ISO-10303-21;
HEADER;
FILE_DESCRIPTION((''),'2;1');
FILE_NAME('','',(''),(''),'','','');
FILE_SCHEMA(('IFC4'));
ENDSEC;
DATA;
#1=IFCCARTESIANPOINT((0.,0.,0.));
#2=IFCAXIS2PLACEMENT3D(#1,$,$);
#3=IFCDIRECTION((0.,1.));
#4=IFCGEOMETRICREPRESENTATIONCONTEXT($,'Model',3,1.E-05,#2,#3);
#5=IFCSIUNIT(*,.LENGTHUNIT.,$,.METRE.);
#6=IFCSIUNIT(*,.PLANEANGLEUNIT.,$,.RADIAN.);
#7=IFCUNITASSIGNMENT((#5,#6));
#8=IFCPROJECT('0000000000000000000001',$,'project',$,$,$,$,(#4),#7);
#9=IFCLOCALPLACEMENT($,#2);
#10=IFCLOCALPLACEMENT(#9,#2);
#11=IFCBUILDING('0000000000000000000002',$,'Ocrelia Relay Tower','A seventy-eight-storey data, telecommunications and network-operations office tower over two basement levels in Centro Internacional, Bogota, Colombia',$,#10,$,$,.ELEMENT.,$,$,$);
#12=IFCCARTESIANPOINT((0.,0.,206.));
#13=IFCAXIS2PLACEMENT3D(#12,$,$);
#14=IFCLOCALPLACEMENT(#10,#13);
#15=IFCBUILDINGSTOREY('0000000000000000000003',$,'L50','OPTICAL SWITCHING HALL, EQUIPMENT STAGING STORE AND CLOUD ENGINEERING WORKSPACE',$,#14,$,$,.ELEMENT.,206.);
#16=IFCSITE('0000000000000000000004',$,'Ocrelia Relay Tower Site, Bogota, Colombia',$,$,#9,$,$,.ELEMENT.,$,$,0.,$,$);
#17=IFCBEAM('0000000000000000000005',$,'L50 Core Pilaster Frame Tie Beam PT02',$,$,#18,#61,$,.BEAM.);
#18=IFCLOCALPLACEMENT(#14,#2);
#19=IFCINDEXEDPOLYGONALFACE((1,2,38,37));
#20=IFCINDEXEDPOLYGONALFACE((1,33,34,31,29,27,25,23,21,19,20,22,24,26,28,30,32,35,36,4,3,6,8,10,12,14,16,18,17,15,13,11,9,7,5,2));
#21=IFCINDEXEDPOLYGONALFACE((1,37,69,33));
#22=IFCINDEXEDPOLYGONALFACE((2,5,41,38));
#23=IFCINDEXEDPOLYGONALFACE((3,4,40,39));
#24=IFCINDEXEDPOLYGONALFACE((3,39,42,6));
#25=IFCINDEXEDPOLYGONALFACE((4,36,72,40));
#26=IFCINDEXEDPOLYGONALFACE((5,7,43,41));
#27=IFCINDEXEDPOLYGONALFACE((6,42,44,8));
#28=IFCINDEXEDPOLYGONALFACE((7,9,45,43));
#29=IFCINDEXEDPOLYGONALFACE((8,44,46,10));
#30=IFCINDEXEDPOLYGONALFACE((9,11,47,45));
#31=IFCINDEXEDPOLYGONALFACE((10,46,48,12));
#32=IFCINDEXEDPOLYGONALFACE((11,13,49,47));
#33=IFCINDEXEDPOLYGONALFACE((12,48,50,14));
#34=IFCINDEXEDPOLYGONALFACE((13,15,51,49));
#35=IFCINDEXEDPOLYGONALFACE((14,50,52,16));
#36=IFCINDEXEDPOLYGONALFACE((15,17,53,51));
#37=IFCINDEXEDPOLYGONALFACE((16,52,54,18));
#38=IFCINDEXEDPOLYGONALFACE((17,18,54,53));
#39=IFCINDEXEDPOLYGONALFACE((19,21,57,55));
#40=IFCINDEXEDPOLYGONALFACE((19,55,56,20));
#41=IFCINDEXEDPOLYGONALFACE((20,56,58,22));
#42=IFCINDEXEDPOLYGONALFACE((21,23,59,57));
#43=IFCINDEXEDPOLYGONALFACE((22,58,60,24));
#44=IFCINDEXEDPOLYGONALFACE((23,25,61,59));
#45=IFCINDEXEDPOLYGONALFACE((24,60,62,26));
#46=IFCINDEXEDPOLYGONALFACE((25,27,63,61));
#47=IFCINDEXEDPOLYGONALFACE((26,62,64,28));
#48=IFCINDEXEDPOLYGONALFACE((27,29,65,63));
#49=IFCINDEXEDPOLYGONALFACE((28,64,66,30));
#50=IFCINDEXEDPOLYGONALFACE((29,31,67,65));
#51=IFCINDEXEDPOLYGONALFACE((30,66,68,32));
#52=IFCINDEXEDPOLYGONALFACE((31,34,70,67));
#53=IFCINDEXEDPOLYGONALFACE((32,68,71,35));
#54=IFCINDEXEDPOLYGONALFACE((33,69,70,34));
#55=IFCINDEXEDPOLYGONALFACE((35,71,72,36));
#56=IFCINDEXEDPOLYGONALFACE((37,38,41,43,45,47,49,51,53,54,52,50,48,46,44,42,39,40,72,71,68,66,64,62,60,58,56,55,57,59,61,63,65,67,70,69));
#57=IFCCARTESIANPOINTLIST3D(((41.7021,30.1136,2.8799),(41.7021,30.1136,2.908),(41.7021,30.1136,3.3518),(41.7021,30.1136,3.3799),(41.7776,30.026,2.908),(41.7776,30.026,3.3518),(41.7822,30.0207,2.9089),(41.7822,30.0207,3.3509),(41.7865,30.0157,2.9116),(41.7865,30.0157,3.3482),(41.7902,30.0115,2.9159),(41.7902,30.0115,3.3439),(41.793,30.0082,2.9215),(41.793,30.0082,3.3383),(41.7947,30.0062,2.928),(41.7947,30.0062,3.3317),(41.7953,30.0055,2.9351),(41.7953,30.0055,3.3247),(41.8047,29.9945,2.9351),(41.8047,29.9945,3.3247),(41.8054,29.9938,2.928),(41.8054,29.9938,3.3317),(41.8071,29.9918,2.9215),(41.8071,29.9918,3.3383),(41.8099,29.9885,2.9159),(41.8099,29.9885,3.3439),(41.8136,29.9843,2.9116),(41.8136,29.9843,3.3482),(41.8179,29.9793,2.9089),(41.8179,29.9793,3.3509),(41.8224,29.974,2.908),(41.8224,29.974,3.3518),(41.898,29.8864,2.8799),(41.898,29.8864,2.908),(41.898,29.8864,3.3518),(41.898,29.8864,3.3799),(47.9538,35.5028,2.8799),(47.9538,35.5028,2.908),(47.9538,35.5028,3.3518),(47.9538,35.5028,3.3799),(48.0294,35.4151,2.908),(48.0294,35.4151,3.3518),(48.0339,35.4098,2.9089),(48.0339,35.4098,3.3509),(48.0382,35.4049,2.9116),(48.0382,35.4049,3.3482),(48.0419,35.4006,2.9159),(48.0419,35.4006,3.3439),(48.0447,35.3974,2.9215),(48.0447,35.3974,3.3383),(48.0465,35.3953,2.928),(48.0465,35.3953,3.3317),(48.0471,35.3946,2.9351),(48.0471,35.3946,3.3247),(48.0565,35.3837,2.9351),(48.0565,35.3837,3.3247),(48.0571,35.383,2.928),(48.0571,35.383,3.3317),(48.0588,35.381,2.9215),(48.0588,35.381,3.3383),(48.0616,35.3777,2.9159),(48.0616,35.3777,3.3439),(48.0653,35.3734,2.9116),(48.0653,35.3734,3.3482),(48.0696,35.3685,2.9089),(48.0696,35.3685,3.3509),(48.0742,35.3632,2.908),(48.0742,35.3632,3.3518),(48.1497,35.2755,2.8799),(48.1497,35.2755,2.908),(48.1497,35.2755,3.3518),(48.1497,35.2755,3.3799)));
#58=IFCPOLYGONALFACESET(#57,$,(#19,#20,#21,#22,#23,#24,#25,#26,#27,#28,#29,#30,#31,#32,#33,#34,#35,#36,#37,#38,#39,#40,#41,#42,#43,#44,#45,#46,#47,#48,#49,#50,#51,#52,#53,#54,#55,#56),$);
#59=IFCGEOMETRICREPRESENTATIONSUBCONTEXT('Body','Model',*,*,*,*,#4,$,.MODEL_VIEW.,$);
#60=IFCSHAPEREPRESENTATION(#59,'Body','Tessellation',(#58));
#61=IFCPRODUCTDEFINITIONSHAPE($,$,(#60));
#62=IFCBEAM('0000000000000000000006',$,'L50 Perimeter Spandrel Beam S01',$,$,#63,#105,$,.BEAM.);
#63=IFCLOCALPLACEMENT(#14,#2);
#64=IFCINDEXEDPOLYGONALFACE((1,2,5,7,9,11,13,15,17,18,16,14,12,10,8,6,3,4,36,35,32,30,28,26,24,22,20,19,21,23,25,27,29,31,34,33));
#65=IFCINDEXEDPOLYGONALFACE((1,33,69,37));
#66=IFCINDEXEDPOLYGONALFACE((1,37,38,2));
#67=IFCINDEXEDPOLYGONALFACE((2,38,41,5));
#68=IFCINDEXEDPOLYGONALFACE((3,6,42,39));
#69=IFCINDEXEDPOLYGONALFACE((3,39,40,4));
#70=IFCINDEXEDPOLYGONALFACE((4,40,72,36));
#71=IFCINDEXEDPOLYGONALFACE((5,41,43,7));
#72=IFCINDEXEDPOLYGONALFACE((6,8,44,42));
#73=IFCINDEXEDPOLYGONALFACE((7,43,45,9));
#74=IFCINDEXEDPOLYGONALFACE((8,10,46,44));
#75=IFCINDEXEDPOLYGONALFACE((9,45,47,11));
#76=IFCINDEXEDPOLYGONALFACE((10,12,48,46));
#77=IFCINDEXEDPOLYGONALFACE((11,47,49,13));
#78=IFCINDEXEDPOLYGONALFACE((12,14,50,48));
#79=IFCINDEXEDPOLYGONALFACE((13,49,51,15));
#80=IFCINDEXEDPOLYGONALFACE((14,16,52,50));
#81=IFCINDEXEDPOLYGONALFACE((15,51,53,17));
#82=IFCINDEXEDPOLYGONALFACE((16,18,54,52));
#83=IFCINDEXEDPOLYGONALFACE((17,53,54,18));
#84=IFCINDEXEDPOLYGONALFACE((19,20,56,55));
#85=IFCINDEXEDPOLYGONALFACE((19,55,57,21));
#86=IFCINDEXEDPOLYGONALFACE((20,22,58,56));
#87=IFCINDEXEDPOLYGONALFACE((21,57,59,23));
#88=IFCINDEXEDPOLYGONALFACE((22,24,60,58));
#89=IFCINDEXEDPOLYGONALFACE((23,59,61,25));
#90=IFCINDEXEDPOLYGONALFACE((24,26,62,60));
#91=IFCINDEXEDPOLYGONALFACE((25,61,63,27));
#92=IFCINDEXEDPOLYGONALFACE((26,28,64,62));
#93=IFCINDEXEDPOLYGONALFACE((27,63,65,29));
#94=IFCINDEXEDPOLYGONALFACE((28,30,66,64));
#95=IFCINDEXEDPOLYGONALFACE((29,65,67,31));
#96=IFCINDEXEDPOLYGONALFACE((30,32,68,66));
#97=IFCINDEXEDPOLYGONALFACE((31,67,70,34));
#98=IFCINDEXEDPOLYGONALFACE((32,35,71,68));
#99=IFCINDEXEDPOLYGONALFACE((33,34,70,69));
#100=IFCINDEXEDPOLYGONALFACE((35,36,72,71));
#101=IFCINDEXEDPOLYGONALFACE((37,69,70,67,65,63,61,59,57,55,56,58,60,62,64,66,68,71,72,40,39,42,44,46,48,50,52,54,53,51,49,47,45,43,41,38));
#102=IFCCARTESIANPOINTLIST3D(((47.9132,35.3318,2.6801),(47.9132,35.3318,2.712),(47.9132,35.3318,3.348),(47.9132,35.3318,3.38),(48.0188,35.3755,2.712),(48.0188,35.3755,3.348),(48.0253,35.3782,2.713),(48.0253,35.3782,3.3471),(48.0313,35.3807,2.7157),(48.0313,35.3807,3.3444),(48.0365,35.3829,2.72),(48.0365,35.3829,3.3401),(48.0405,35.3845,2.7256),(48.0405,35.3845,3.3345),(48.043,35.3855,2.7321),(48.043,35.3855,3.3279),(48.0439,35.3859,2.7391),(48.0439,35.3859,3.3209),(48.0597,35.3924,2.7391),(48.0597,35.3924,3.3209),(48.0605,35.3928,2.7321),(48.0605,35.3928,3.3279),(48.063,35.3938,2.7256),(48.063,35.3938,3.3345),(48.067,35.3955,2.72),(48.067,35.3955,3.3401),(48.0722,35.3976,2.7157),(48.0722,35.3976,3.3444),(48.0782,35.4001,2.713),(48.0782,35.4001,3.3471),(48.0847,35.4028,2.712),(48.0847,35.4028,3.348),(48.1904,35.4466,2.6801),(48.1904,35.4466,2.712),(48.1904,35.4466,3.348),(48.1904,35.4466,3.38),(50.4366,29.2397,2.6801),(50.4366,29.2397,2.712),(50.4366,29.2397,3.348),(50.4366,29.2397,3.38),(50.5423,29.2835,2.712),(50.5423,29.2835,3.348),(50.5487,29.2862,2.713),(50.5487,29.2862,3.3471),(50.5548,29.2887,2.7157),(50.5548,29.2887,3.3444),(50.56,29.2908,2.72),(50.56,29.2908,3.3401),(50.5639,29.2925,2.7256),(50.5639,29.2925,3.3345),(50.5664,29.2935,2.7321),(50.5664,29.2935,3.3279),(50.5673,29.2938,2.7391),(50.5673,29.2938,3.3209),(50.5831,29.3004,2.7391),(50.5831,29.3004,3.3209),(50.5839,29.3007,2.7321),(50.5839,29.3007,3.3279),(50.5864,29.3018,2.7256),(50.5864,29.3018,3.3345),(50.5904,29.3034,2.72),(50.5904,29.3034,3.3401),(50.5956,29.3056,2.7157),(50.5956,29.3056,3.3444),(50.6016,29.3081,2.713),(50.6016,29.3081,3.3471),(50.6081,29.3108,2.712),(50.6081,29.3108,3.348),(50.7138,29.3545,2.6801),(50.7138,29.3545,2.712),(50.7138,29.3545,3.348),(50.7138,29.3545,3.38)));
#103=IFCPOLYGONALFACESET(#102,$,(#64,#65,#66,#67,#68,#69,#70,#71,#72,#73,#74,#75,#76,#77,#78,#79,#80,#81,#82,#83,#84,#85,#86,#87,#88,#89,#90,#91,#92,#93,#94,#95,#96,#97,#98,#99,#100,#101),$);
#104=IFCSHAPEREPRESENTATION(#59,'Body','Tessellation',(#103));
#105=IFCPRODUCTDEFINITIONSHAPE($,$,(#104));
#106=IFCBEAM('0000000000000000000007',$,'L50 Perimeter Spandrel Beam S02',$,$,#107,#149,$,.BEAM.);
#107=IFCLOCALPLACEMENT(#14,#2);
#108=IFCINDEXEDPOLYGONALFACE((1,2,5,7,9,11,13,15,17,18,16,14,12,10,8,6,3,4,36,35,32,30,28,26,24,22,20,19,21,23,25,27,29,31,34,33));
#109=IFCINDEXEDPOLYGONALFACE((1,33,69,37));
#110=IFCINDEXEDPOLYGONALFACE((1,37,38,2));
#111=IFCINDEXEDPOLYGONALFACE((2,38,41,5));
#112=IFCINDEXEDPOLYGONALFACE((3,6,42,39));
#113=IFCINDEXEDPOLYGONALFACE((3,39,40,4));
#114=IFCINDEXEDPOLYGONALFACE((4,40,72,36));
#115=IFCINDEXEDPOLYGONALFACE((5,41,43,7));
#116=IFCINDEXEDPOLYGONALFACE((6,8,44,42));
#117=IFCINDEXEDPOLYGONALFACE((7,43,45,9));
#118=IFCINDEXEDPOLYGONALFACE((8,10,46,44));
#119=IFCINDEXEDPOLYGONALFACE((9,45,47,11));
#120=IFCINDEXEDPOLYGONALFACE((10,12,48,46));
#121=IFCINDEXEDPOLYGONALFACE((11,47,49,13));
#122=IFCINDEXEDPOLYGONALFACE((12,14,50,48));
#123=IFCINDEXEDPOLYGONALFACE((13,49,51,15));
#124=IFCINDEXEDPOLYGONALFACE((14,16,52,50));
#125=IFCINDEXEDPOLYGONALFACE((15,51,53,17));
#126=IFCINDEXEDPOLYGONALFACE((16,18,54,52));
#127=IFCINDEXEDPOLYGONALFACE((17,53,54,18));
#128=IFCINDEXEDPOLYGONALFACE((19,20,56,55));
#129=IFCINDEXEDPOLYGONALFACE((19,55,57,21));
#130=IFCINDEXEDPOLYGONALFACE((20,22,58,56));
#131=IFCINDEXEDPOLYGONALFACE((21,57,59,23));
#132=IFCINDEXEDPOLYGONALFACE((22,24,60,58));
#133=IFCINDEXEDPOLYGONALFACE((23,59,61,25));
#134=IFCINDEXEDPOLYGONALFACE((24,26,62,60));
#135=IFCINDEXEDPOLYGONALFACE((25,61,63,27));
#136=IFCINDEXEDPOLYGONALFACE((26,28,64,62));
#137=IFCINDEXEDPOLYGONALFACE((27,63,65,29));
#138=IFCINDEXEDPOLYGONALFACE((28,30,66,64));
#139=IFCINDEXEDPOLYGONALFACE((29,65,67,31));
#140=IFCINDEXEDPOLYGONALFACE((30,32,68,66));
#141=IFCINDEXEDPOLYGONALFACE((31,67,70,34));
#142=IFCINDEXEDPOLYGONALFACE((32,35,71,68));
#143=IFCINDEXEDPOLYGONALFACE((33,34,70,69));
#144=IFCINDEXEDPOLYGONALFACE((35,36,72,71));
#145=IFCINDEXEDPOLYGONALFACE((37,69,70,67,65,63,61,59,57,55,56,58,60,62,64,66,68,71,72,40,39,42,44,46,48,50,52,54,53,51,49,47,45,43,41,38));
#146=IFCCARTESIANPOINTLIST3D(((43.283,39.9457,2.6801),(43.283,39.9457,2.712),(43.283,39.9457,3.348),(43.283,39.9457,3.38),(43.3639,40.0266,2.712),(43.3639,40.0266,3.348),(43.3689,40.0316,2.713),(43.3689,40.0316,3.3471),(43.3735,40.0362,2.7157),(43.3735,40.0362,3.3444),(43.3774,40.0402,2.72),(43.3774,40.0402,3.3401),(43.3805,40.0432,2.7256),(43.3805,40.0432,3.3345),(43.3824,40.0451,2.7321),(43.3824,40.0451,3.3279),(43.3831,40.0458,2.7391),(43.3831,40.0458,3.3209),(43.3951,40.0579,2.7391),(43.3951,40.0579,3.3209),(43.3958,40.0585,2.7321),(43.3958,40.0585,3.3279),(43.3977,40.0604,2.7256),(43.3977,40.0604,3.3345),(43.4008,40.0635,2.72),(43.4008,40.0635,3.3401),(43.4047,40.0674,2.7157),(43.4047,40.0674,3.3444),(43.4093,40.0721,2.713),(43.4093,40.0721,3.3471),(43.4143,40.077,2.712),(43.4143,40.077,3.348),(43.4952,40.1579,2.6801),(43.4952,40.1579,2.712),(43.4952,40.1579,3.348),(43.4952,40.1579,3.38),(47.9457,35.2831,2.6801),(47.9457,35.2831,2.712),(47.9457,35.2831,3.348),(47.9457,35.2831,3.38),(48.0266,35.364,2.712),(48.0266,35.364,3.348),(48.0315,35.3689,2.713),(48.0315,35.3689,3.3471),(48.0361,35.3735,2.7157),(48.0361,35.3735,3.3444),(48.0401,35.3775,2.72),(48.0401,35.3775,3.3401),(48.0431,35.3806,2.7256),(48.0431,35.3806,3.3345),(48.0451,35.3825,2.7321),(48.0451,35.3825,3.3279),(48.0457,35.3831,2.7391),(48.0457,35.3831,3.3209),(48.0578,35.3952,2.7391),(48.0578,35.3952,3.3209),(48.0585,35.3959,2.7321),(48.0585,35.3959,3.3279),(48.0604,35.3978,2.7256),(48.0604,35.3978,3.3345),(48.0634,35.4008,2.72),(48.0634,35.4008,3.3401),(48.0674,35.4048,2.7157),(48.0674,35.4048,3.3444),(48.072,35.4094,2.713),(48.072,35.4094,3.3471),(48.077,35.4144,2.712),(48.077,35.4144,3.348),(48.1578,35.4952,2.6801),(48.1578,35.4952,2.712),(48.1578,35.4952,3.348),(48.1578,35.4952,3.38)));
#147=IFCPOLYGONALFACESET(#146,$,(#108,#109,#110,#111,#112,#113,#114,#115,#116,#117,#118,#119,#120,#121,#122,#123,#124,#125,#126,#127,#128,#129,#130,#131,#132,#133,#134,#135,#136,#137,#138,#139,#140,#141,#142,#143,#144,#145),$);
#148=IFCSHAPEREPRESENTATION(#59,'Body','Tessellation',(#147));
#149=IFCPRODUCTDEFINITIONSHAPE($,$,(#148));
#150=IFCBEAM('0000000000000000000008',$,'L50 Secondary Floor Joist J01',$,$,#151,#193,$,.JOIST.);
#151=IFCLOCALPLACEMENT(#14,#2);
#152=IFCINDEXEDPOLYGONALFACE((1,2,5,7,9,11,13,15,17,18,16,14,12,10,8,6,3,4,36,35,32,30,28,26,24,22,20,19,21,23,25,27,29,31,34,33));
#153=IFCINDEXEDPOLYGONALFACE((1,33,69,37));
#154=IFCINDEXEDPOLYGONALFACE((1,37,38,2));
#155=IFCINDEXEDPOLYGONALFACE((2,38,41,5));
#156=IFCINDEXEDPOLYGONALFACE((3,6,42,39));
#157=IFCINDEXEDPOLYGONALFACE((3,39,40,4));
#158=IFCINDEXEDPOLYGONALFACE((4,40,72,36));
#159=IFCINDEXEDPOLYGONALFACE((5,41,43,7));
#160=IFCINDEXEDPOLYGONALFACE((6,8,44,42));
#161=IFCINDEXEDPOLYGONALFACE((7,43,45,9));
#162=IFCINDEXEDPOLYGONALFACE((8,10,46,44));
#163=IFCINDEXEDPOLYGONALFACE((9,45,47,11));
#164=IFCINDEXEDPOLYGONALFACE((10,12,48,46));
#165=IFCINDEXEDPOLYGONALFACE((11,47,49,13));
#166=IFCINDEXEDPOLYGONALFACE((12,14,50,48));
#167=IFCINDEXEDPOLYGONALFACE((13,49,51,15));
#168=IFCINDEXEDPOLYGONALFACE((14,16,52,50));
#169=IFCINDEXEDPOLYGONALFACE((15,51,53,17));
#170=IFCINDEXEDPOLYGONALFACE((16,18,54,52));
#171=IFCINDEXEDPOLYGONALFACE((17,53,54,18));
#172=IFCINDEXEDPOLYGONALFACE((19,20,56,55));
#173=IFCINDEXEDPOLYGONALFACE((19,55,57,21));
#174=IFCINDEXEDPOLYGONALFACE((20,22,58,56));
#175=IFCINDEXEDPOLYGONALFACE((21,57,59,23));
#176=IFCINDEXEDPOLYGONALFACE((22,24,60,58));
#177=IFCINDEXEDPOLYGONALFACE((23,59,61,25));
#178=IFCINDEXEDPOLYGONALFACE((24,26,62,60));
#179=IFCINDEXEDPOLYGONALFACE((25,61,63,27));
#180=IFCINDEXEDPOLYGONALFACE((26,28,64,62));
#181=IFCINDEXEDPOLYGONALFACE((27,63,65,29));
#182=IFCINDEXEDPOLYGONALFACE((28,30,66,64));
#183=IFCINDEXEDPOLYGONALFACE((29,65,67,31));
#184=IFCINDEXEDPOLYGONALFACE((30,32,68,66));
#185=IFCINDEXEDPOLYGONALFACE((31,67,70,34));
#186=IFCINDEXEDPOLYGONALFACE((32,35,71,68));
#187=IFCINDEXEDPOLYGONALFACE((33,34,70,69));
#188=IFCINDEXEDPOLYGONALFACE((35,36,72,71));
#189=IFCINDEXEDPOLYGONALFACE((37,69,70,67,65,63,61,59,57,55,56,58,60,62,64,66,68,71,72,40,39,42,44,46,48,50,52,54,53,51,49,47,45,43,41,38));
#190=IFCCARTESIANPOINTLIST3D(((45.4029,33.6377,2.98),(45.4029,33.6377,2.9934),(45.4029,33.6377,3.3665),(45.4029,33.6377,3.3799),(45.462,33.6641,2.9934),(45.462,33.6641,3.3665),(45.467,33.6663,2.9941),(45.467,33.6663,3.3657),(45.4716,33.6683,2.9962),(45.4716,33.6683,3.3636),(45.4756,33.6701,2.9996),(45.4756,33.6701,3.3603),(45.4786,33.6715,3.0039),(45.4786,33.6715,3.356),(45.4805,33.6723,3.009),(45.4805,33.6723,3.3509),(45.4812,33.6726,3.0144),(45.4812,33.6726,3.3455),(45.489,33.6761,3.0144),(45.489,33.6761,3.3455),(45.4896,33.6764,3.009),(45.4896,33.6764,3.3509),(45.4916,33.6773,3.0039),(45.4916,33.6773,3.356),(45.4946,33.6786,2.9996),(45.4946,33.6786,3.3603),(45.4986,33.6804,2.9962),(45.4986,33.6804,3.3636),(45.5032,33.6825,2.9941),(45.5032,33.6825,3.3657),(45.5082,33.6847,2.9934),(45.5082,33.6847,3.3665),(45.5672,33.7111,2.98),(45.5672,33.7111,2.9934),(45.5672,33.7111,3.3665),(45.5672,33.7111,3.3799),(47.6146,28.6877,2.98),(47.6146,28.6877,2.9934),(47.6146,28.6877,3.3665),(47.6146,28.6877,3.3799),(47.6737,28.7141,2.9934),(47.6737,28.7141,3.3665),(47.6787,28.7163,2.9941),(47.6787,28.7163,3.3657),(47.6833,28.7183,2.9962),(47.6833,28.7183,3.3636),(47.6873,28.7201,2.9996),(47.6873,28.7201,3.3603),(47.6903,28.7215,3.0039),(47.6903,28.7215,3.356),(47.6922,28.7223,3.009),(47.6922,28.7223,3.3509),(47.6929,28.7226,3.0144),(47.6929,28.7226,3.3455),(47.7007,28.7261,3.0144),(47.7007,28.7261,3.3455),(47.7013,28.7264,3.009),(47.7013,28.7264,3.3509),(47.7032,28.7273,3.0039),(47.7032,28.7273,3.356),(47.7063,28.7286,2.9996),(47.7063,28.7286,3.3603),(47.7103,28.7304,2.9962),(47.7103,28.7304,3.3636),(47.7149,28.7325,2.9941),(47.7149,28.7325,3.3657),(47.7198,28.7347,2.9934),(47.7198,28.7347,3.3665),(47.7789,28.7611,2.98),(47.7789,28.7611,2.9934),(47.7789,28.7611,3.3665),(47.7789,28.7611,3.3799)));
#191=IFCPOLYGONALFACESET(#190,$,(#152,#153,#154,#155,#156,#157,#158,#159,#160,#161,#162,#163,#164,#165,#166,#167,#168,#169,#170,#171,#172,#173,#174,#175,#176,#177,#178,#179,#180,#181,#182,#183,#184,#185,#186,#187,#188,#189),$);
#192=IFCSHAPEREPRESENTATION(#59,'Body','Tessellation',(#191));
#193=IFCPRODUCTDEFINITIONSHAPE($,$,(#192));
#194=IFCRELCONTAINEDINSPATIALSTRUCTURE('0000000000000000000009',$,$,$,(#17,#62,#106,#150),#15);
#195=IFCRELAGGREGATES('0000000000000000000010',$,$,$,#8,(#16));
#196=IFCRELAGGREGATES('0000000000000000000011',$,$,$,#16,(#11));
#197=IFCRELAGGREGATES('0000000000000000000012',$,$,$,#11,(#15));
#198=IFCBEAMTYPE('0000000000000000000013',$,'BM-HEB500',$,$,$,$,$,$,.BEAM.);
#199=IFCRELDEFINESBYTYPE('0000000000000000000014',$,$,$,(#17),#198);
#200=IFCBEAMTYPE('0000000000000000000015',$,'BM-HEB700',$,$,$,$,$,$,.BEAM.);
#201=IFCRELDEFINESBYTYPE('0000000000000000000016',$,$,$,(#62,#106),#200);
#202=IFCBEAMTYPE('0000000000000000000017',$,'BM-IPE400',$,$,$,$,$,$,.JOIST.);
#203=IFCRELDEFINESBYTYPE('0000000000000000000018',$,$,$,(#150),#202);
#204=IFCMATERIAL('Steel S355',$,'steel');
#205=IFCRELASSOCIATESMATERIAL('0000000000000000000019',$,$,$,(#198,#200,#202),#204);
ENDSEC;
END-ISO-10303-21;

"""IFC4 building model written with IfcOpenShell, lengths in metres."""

from ifc_helpers import new_model, si_unit, direction, frame, origin, origin_2d, place, context, subcontext, project, spatial, i_section, extrude, material, material_profile, profile_set, type_object, element, save


model = new_model("IFC4")

# Units and contexts
model_context = context("Model", 3, precision=1e-05, world=origin(), true_north=direction((0.0, 1.0)))
body_context = subcontext(model_context, "Body", "Model", "MODEL_VIEW")
ifc_project = project(units=[si_unit("LENGTHUNIT", "METRE"), si_unit("PLANEANGLEUNIT", "RADIAN")], contexts=[model_context])

# Site, building, storey
site_placement = place(None, origin())
site = spatial("IfcSite", under=ifc_project, at=site_placement, Name="Ocrelia Relay Tower Site, Bogota, Colombia", CompositionType="ELEMENT", RefElevation=0.0)
building_placement = place(site_placement, origin())
building = spatial("IfcBuilding", under=site, at=building_placement, Name="Ocrelia Relay Tower", Description="A seventy-eight-storey data, telecommunications and network-operations office tower over two basement levels in Centro Internacional, Bogota, Colombia", CompositionType="ELEMENT")
storey_placement = place(building_placement, frame((0.0, 0.0, 206.0)))
storey = spatial("IfcBuildingStorey", under=building, at=storey_placement, Name="L50", Description="OPTICAL SWITCHING HALL, EQUIPMENT STAGING STORE AND CLOUD ENGINEERING WORKSPACE", CompositionType="ELEMENT", Elevation=206.0)

# Beams
ifc_material_1 = material(Name="Steel S355", Category="steel")
ifc_material_profile_1 = material_profile(ifc_material_1, i_section(OverallWidth=0.3, OverallDepth=0.5, WebThickness=0.0144, FlangeThickness=0.0281, FilletRadius=0.0271, at=origin_2d()), Name="HEB 500")
ifc_profile_set_1 = profile_set([ifc_material_profile_1], Name="Steel S355")
beam_type_1 = type_object("IfcBeamType", Name="BM-HEB500", PredefinedType="BEAM", material=ifc_profile_set_1)
beam_1_placement = place(storey_placement, frame((48.0518, 35.3892, 3.1299), z_axis=(-0.757425, -0.652923, 0.0), x_axis=(0.652923, -0.757425, 0.0)))
element("IfcBeam", 1, at=beam_1_placement, inside=storey, type_object=beam_type_1, Name="L50 Core Pilaster Frame Tie Beam PT02", PredefinedType="BEAM", context=body_context, shape_type="SweptSolid", body=[
    extrude(i_section(OverallWidth=0.3, OverallDepth=0.5, WebThickness=0.0144, FlangeThickness=0.0281, FilletRadius=0.0271, at=origin_2d()), origin(), (0.0, 0.0, 1.0), 8.2539),
])
ifc_material_profile_2 = material_profile(ifc_material_1, i_section(OverallWidth=0.3, OverallDepth=0.7, WebThickness=0.0171, FlangeThickness=0.032, FilletRadius=0.0271, at=origin_2d()), Name="HEB 700")
ifc_profile_set_2 = profile_set([ifc_material_profile_2], Name="Steel S355")
beam_type_2 = type_object("IfcBeamType", Name="BM-HEB700", PredefinedType="BEAM", material=ifc_profile_set_2)
for number, where, z_axis, x_axis, name in (
    (2, (50.5752, 29.2971, 3.03), (-0.382688, 0.923878, 0.0), (-0.923878, -0.382688, 0.0), "L50 Perimeter Spandrel Beam S01"),
    (3, (48.0518, 35.3892, 3.03), (-0.707107, 0.707107, 0.0), (-0.707107, -0.707107, 0.0), "L50 Perimeter Spandrel Beam S02"),
):
    element("IfcBeam", number, at=place(storey_placement, frame(where, z_axis=z_axis, x_axis=x_axis)), inside=storey, type_object=beam_type_2, Name=name, PredefinedType="BEAM", context=body_context, shape_type="SweptSolid", body=[
        extrude(i_section(OverallWidth=0.3, OverallDepth=0.7, WebThickness=0.0171, FlangeThickness=0.032, FilletRadius=0.0271, at=origin_2d()), origin(), (0.0, 0.0, 1.0), 6.594),
    ])
ifc_material_profile_3 = material_profile(ifc_material_1, i_section(OverallWidth=0.1799, OverallDepth=0.3999, WebThickness=0.0085, FlangeThickness=0.0134, FilletRadius=0.021, at=origin_2d()), Name="IPE 400")
ifc_profile_set_3 = profile_set([ifc_material_profile_3], Name="Steel S355")
beam_type_3 = type_object("IfcBeamType", Name="BM-IPE400", PredefinedType="JOIST", material=ifc_profile_set_3)
beam_2_placement = place(storey_placement, frame((47.6968, 28.7244, 3.1799), z_axis=(-0.407938, 0.913009, 0.0), x_axis=(-0.913009, -0.407938, 0.0)))
element("IfcBeam", 4, at=beam_2_placement, inside=storey, type_object=beam_type_3, Name="L50 Secondary Floor Joist J01", PredefinedType="JOIST", context=body_context, shape_type="SweptSolid", body=[
    extrude(i_section(OverallWidth=0.1799, OverallDepth=0.3999, WebThickness=0.0085, FlangeThickness=0.0134, FilletRadius=0.021, at=origin_2d()), origin(), (0.0, 0.0, 1.0), 5.4216),
])

save(model, "model.ifc")
